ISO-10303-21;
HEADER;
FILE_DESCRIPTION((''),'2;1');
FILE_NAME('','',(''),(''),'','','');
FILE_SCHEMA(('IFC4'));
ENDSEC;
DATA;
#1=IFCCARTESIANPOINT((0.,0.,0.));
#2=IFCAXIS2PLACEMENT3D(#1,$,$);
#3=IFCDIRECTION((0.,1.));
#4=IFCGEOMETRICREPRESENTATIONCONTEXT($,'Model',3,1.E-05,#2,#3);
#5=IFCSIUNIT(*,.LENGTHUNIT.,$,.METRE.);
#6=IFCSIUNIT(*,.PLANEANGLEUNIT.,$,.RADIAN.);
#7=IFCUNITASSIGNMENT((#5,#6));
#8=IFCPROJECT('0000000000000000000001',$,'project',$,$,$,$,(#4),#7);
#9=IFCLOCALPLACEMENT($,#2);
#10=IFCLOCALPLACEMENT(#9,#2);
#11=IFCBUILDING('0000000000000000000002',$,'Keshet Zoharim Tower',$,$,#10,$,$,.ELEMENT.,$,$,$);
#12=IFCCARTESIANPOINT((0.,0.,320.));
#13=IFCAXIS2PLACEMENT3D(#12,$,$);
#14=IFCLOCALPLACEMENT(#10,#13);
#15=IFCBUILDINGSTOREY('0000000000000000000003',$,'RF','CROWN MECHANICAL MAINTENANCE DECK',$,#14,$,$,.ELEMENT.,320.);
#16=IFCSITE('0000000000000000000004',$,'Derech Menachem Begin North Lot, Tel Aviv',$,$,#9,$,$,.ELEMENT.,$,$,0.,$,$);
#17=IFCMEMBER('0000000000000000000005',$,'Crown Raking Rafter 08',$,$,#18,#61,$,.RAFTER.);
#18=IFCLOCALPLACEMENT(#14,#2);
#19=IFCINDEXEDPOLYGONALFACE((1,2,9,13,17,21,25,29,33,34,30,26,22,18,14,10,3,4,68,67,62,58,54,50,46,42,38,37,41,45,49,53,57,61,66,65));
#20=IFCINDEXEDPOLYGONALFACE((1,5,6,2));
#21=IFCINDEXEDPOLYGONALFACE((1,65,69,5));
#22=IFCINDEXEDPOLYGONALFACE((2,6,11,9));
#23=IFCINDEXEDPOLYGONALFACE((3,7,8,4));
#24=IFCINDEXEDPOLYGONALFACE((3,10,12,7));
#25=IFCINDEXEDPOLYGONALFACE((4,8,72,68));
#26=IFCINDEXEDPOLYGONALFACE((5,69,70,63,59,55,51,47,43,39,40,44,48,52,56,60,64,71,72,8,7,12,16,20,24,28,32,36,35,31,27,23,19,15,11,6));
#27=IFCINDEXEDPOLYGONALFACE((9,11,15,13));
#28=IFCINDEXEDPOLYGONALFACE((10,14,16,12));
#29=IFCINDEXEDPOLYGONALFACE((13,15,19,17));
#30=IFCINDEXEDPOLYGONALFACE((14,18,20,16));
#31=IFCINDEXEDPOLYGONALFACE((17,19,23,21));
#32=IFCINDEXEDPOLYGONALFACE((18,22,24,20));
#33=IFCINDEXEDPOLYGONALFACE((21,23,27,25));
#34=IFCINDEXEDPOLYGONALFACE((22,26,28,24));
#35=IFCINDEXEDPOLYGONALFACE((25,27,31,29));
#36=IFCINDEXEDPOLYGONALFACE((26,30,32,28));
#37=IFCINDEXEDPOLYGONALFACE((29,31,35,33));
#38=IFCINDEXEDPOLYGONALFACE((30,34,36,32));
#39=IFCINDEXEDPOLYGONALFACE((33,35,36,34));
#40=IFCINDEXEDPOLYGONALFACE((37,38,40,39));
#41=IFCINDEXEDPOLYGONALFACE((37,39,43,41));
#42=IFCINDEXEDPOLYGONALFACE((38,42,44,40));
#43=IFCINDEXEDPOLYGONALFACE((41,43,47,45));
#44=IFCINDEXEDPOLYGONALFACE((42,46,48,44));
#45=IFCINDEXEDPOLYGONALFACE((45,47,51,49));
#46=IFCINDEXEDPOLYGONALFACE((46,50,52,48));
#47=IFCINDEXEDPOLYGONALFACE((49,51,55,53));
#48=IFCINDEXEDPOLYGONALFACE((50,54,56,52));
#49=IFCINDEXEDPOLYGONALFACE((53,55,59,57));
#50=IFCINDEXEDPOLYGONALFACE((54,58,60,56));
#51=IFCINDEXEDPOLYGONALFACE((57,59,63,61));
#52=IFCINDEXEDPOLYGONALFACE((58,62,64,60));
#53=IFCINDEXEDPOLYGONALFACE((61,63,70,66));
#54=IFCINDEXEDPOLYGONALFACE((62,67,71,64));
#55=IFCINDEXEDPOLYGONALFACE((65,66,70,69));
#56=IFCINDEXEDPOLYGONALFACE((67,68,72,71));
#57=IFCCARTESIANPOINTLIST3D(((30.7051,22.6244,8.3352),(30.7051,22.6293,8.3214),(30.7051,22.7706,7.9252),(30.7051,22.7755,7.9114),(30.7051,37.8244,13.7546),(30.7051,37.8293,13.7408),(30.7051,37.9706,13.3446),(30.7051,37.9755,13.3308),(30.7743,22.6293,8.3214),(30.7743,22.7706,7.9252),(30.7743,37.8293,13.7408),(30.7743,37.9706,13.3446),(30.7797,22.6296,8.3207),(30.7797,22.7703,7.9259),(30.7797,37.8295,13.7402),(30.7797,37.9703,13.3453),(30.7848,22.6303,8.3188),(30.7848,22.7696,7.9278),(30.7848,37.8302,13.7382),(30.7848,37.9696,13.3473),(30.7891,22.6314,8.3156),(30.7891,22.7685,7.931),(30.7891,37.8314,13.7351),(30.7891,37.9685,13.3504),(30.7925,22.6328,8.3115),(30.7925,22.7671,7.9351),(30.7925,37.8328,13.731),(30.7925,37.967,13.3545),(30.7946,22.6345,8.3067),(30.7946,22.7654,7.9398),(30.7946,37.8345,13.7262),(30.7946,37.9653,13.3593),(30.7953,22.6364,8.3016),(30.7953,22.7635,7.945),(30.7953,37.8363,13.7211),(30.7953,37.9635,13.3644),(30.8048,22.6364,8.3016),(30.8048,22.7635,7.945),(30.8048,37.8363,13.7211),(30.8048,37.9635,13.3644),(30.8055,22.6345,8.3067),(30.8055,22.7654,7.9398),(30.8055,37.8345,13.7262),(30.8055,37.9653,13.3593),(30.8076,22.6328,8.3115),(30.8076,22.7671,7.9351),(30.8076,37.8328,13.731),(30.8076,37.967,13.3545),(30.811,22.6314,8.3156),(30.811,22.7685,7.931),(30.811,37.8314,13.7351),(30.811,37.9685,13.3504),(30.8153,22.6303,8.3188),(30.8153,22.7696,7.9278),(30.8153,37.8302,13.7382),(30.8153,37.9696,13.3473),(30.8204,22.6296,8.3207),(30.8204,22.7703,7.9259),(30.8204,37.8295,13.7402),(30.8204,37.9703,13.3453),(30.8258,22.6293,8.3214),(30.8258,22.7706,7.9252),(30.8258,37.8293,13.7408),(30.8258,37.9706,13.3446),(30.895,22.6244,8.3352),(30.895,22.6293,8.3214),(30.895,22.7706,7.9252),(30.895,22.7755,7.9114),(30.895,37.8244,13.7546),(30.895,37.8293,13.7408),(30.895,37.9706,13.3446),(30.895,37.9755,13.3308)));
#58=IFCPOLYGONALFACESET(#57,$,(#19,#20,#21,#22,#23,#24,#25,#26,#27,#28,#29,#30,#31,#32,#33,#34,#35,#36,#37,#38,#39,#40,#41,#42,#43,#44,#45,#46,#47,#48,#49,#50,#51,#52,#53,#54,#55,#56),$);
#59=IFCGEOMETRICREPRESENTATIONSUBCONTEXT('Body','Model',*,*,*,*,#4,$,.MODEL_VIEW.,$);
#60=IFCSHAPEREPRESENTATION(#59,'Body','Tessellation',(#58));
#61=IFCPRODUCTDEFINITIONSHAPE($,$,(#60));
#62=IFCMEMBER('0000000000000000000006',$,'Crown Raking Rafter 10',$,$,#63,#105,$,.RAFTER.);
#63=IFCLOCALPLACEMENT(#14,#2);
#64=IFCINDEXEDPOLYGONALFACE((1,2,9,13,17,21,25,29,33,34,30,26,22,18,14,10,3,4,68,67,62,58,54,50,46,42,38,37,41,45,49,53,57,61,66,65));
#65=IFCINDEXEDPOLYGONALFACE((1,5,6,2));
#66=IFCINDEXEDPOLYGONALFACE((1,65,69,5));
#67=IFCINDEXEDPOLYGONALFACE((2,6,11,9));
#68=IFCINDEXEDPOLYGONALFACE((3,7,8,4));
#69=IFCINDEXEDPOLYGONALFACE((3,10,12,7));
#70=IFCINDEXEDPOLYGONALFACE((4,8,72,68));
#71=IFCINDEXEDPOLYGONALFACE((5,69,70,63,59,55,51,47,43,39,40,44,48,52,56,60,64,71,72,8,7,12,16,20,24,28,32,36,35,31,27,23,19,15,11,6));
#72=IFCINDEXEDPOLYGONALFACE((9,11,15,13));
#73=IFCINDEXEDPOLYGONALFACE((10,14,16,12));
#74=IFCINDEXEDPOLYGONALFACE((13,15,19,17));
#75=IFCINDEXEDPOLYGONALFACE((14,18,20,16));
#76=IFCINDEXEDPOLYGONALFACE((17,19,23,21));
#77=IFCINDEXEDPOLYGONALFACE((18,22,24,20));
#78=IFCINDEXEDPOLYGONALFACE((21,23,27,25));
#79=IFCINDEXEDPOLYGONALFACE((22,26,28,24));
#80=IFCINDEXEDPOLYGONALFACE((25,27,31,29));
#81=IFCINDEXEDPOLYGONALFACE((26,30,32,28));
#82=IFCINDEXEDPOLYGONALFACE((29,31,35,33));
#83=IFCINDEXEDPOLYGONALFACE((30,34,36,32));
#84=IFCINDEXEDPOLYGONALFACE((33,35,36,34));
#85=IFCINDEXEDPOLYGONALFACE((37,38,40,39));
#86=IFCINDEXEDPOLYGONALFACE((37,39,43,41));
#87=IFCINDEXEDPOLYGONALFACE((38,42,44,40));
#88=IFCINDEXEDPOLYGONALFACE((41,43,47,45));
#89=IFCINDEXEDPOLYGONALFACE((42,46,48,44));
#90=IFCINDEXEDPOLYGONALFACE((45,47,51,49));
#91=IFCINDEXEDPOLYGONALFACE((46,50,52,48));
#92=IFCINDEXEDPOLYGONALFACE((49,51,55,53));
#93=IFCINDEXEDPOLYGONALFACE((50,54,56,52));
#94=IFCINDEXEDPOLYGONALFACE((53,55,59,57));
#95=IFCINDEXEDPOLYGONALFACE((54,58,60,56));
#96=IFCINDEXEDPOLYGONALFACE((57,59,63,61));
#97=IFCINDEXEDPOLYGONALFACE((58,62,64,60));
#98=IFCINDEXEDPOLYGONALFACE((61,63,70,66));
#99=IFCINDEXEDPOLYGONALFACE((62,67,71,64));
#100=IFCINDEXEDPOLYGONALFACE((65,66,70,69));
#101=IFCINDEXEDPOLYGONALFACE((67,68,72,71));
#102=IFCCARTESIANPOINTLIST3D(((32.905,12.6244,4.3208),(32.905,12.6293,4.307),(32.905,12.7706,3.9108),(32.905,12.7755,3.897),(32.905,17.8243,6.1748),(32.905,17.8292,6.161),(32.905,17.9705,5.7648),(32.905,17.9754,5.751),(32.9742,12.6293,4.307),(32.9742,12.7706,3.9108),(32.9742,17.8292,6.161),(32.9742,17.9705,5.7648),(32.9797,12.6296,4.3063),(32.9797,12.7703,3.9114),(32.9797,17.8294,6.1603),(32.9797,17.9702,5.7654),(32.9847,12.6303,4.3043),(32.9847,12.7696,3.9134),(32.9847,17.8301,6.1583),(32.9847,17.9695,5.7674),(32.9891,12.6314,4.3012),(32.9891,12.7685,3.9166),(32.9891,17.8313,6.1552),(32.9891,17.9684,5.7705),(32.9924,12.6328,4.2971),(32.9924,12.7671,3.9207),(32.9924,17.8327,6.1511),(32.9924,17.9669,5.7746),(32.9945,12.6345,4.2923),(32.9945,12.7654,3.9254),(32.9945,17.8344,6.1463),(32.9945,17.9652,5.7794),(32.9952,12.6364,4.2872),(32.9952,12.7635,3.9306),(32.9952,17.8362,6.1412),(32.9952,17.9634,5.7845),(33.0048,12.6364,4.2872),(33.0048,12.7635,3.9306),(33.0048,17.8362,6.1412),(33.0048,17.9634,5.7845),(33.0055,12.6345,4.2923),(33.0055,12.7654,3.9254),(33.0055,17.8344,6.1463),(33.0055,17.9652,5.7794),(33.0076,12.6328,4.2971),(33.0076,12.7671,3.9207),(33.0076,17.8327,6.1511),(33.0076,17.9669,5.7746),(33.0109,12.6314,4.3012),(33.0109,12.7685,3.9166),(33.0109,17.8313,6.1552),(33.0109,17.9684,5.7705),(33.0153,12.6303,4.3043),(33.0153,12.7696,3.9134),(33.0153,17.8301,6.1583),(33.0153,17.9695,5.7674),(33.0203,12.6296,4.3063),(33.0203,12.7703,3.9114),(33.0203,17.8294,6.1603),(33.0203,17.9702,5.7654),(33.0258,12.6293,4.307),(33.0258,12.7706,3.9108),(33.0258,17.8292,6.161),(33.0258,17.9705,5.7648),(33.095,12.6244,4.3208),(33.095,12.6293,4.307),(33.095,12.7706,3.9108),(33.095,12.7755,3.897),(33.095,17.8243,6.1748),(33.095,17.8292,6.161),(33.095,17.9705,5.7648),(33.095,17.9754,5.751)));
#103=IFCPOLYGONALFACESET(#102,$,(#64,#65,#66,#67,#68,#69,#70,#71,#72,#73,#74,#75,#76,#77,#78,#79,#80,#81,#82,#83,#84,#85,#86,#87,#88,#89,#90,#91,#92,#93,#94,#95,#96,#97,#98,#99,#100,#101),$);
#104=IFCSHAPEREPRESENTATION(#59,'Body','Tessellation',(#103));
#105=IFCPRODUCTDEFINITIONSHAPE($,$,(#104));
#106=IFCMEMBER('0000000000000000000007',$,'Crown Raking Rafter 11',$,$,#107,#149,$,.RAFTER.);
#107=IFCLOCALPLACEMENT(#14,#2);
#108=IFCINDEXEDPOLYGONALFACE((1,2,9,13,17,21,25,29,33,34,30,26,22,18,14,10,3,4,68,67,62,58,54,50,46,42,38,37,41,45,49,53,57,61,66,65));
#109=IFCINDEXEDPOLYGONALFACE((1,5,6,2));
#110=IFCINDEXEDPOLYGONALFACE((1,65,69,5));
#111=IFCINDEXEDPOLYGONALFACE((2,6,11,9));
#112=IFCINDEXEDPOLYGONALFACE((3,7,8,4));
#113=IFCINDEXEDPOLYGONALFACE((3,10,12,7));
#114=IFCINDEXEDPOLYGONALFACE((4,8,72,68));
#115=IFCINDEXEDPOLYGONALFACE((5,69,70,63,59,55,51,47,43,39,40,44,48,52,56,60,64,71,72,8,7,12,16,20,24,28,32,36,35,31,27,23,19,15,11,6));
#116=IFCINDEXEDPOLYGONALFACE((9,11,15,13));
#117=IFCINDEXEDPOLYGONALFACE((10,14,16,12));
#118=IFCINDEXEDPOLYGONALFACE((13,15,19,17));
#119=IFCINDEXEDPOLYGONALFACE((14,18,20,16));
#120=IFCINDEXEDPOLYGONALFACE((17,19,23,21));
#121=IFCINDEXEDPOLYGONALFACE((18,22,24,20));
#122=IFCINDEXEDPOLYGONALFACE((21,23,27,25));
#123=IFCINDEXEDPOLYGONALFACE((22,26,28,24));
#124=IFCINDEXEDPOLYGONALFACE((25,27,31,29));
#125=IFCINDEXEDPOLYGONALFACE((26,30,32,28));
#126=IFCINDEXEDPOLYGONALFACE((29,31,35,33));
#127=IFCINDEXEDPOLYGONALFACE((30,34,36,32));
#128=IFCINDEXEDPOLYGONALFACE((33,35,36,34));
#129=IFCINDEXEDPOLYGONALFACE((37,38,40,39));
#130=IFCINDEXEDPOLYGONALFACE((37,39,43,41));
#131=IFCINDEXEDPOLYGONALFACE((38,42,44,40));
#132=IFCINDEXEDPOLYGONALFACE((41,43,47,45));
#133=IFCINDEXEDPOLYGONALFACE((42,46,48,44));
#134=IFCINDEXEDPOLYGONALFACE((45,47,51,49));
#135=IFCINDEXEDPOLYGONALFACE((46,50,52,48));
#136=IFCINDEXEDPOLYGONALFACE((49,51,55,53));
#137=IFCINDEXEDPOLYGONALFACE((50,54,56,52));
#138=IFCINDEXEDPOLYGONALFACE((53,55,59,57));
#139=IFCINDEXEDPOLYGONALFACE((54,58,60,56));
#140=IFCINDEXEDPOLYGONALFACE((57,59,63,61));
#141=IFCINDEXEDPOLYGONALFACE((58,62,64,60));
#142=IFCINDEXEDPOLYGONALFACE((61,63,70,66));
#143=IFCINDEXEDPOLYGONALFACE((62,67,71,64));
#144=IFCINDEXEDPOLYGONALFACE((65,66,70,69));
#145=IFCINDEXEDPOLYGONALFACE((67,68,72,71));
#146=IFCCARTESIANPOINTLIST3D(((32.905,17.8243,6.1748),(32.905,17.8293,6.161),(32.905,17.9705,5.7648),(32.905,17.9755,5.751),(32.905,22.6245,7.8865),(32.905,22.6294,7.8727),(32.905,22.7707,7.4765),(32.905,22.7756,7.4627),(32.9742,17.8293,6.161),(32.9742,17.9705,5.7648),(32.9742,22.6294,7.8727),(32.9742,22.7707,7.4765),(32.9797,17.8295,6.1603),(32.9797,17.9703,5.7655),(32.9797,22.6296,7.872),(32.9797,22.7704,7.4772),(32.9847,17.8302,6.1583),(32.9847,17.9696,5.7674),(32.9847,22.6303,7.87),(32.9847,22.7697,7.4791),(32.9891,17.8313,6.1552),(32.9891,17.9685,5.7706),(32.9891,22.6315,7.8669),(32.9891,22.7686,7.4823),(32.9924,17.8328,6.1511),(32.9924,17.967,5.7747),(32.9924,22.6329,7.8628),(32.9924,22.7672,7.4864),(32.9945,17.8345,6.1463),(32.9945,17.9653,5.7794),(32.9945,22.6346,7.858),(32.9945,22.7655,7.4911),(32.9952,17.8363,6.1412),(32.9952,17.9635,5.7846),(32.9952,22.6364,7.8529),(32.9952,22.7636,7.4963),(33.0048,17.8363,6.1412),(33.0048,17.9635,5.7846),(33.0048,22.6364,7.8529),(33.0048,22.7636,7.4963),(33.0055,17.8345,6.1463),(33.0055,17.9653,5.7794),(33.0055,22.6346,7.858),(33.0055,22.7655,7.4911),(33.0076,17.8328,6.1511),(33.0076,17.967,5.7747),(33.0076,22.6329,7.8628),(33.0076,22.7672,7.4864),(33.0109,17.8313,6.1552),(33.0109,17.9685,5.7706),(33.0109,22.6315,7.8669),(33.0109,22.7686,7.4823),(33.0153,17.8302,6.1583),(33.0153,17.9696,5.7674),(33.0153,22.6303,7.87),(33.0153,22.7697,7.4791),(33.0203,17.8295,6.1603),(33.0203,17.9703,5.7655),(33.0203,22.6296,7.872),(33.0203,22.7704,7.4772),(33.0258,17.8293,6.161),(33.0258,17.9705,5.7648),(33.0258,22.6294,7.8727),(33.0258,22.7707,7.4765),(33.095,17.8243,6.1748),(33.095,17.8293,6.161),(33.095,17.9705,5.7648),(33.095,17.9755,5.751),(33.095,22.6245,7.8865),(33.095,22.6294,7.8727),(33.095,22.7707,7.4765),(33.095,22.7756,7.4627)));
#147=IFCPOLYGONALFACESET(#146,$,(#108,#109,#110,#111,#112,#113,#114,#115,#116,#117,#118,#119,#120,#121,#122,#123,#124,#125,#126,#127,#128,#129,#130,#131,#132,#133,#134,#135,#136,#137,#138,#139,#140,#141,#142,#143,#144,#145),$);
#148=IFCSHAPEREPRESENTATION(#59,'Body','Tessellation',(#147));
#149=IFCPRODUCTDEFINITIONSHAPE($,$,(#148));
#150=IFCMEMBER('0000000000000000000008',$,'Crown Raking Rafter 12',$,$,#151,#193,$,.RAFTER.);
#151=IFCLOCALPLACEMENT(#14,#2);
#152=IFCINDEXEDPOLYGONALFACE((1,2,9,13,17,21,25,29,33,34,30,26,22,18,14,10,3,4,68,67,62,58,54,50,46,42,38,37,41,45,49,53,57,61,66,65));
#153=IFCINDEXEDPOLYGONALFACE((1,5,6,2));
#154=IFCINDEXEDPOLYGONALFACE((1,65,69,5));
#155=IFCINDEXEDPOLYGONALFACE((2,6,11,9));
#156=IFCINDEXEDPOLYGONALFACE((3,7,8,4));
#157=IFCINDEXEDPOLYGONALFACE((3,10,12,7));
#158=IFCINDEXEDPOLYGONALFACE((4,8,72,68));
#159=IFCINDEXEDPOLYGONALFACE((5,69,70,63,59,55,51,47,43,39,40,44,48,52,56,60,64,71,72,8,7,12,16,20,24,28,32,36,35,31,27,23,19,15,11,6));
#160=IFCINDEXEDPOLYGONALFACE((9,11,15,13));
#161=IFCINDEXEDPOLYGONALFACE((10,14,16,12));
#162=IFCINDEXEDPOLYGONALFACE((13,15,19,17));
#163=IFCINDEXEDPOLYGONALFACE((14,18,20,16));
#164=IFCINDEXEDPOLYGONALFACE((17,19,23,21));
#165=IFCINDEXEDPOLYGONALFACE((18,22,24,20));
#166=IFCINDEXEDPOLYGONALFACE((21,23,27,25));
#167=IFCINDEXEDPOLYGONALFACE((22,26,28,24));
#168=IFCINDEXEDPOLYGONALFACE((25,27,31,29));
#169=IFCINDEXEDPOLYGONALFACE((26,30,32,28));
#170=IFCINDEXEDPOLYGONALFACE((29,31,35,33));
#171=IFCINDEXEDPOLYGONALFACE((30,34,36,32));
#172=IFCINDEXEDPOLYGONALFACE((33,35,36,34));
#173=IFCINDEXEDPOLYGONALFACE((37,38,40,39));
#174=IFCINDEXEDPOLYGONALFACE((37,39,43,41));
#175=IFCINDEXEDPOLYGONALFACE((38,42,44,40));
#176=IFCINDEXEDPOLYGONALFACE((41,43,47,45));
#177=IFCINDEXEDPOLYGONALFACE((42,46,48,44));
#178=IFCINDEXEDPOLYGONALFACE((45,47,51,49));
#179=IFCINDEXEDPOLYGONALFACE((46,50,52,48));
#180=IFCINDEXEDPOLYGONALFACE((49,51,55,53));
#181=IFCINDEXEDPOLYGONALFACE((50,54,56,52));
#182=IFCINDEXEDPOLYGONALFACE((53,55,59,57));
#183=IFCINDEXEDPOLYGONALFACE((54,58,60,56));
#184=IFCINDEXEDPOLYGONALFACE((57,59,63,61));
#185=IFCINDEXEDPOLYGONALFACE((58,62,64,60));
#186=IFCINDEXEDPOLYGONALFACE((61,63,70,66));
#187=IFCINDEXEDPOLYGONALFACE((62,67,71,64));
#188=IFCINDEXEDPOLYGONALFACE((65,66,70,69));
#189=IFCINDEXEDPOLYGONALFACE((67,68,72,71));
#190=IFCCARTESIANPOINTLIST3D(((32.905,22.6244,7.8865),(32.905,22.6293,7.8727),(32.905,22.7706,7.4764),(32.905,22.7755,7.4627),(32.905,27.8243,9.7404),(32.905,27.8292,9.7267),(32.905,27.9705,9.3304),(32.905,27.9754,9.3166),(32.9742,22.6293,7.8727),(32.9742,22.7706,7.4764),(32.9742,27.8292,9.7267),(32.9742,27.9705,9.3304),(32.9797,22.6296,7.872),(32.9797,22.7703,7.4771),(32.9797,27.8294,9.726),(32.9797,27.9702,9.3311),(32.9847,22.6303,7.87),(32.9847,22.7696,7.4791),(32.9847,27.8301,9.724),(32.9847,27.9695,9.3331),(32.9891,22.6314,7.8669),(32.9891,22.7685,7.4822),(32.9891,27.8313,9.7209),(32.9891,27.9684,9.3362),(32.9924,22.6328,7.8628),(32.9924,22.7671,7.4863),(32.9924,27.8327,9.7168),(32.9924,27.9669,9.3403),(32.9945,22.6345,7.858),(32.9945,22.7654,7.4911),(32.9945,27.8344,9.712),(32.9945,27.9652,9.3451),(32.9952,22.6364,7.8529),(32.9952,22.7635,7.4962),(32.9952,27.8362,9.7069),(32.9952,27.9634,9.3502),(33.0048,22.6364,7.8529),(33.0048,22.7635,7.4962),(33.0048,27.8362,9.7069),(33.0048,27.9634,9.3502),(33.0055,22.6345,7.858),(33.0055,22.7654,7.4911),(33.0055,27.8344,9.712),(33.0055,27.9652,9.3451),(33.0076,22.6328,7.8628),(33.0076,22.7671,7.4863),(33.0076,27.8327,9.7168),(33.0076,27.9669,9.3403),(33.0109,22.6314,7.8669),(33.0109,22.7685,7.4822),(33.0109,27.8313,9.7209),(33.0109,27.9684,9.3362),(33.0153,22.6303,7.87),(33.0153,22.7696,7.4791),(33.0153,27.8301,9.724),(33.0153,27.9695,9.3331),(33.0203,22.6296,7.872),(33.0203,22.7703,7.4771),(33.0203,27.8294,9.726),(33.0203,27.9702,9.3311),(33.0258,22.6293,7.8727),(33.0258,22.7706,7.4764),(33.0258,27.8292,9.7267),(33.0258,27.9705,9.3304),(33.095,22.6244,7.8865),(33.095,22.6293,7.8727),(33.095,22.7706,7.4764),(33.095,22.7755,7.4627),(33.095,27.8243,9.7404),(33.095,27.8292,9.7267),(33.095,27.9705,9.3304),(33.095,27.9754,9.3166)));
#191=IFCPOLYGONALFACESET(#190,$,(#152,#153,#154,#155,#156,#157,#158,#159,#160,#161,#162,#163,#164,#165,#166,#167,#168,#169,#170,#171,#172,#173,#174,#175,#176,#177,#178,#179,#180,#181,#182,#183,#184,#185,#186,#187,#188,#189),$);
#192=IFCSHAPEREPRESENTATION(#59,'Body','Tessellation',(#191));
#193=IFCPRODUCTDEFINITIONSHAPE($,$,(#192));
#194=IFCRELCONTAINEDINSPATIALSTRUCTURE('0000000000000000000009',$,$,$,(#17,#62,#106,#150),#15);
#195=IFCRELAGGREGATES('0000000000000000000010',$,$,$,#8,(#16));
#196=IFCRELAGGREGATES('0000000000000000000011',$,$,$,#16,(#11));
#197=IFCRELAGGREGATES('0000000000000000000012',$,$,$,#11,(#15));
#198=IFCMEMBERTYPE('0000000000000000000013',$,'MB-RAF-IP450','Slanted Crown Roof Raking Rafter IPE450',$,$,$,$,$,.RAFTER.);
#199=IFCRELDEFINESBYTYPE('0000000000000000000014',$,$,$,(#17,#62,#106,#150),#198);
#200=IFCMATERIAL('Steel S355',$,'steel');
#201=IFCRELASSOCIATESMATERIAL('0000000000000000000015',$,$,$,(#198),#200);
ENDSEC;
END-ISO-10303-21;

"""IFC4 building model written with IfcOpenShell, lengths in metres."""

from ifc_helpers import new_model, si_unit, direction, frame, origin, origin_2d, place, context, subcontext, project, spatial, i_section, extrude, material, material_profile, profile_set, type_object, element, save


model = new_model("IFC4")

# Units and contexts
model_context = context("Model", 3, precision=1e-05, world=origin(), true_north=direction((0.0, 1.0)))
body_context = subcontext(model_context, "Body", "Model", "MODEL_VIEW")
ifc_project = project(units=[si_unit("LENGTHUNIT", "METRE"), si_unit("PLANEANGLEUNIT", "RADIAN")], contexts=[model_context])

# Site, building, storey
site_placement = place(None, origin())
site = spatial("IfcSite", under=ifc_project, at=site_placement, Name="Derech Menachem Begin North Lot, Tel Aviv", CompositionType="ELEMENT", RefElevation=0.0)
building_placement = place(site_placement, origin())
building = spatial("IfcBuilding", under=site, at=building_placement, Name="Keshet Zoharim Tower", CompositionType="ELEMENT")
storey_placement = place(building_placement, frame((0.0, 0.0, 320.0)))
storey = spatial("IfcBuildingStorey", under=building, at=storey_placement, Name="RF", Description="CROWN MECHANICAL MAINTENANCE DECK", CompositionType="ELEMENT", Elevation=320.0)

# Shared definitions
ifc_material_1 = material(Name="Steel S355", Category="steel")

# Members
ifc_material_profile_1 = material_profile(ifc_material_1, i_section(OverallWidth=0.1899, OverallDepth=0.45, WebThickness=0.0095, FlangeThickness=0.0146, FilletRadius=0.021, at=origin_2d()), Name="IPE450")
ifc_profile_set_1 = profile_set([ifc_material_profile_1], Name="Steel S355")
member_type_1 = type_object("IfcMemberType", Name="MB-RAF-IP450", Description="Slanted Crown Roof Raking Rafter IPE450", PredefinedType="RAFTER", material=ifc_profile_set_1)
member_1_placement = place(storey_placement, frame((30.8, 22.7, 8.1233), z_axis=(0.0, 0.941921, 0.335835), x_axis=(-1.0, 0.0, 0.0)))
element("IfcMember", 1, at=member_1_placement, inside=storey, type_object=member_type_1, Name="Crown Raking Rafter 08", PredefinedType="RAFTER", context=body_context, shape_type="SweptSolid", body=[
    extrude(i_section(OverallWidth=0.1899, OverallDepth=0.45, WebThickness=0.0095, FlangeThickness=0.0146, FilletRadius=0.021, at=origin_2d()), origin(), (0.0, 0.0, 1.0), 16.1372),
])
member_2_placement = place(storey_placement, frame((33.0, 12.7, 4.1089), z_axis=(0.0, 0.941921, 0.335835), x_axis=(-1.0, 0.0, 0.0)))
element("IfcMember", 2, at=member_2_placement, inside=storey, type_object=member_type_1, Name="Crown Raking Rafter 10", PredefinedType="RAFTER", context=body_context, shape_type="SweptSolid", body=[
    extrude(i_section(OverallWidth=0.1899, OverallDepth=0.45, WebThickness=0.0095, FlangeThickness=0.0146, FilletRadius=0.021, at=origin_2d()), origin(), (0.0, 0.0, 1.0), 5.5205),
])
member_3_placement = place(storey_placement, frame((33.0, 17.8999, 5.9629), z_axis=(0.0, 0.941905, 0.335878), x_axis=(-1.0, 0.0, 0.0)))
element("IfcMember", 3, at=member_3_placement, inside=storey, type_object=member_type_1, Name="Crown Raking Rafter 11", PredefinedType="RAFTER", context=body_context, shape_type="SweptSolid", body=[
    extrude(i_section(OverallWidth=0.1899, OverallDepth=0.45, WebThickness=0.0095, FlangeThickness=0.0146, FilletRadius=0.021, at=origin_2d()), origin(), (0.0, 0.0, 1.0), 5.0962),
])
member_4_placement = place(storey_placement, frame((33.0, 22.7, 7.6746), z_axis=(0.0, 0.941921, 0.335835), x_axis=(-1.0, 0.0, 0.0)))
element("IfcMember", 4, at=member_4_placement, inside=storey, type_object=member_type_1, Name="Crown Raking Rafter 12", PredefinedType="RAFTER", context=body_context, shape_type="SweptSolid", body=[
    extrude(i_section(OverallWidth=0.1899, OverallDepth=0.45, WebThickness=0.0095, FlangeThickness=0.0146, FilletRadius=0.021, at=origin_2d()), origin(), (0.0, 0.0, 1.0), 5.5205),
])

save(model, "model.ifc")
